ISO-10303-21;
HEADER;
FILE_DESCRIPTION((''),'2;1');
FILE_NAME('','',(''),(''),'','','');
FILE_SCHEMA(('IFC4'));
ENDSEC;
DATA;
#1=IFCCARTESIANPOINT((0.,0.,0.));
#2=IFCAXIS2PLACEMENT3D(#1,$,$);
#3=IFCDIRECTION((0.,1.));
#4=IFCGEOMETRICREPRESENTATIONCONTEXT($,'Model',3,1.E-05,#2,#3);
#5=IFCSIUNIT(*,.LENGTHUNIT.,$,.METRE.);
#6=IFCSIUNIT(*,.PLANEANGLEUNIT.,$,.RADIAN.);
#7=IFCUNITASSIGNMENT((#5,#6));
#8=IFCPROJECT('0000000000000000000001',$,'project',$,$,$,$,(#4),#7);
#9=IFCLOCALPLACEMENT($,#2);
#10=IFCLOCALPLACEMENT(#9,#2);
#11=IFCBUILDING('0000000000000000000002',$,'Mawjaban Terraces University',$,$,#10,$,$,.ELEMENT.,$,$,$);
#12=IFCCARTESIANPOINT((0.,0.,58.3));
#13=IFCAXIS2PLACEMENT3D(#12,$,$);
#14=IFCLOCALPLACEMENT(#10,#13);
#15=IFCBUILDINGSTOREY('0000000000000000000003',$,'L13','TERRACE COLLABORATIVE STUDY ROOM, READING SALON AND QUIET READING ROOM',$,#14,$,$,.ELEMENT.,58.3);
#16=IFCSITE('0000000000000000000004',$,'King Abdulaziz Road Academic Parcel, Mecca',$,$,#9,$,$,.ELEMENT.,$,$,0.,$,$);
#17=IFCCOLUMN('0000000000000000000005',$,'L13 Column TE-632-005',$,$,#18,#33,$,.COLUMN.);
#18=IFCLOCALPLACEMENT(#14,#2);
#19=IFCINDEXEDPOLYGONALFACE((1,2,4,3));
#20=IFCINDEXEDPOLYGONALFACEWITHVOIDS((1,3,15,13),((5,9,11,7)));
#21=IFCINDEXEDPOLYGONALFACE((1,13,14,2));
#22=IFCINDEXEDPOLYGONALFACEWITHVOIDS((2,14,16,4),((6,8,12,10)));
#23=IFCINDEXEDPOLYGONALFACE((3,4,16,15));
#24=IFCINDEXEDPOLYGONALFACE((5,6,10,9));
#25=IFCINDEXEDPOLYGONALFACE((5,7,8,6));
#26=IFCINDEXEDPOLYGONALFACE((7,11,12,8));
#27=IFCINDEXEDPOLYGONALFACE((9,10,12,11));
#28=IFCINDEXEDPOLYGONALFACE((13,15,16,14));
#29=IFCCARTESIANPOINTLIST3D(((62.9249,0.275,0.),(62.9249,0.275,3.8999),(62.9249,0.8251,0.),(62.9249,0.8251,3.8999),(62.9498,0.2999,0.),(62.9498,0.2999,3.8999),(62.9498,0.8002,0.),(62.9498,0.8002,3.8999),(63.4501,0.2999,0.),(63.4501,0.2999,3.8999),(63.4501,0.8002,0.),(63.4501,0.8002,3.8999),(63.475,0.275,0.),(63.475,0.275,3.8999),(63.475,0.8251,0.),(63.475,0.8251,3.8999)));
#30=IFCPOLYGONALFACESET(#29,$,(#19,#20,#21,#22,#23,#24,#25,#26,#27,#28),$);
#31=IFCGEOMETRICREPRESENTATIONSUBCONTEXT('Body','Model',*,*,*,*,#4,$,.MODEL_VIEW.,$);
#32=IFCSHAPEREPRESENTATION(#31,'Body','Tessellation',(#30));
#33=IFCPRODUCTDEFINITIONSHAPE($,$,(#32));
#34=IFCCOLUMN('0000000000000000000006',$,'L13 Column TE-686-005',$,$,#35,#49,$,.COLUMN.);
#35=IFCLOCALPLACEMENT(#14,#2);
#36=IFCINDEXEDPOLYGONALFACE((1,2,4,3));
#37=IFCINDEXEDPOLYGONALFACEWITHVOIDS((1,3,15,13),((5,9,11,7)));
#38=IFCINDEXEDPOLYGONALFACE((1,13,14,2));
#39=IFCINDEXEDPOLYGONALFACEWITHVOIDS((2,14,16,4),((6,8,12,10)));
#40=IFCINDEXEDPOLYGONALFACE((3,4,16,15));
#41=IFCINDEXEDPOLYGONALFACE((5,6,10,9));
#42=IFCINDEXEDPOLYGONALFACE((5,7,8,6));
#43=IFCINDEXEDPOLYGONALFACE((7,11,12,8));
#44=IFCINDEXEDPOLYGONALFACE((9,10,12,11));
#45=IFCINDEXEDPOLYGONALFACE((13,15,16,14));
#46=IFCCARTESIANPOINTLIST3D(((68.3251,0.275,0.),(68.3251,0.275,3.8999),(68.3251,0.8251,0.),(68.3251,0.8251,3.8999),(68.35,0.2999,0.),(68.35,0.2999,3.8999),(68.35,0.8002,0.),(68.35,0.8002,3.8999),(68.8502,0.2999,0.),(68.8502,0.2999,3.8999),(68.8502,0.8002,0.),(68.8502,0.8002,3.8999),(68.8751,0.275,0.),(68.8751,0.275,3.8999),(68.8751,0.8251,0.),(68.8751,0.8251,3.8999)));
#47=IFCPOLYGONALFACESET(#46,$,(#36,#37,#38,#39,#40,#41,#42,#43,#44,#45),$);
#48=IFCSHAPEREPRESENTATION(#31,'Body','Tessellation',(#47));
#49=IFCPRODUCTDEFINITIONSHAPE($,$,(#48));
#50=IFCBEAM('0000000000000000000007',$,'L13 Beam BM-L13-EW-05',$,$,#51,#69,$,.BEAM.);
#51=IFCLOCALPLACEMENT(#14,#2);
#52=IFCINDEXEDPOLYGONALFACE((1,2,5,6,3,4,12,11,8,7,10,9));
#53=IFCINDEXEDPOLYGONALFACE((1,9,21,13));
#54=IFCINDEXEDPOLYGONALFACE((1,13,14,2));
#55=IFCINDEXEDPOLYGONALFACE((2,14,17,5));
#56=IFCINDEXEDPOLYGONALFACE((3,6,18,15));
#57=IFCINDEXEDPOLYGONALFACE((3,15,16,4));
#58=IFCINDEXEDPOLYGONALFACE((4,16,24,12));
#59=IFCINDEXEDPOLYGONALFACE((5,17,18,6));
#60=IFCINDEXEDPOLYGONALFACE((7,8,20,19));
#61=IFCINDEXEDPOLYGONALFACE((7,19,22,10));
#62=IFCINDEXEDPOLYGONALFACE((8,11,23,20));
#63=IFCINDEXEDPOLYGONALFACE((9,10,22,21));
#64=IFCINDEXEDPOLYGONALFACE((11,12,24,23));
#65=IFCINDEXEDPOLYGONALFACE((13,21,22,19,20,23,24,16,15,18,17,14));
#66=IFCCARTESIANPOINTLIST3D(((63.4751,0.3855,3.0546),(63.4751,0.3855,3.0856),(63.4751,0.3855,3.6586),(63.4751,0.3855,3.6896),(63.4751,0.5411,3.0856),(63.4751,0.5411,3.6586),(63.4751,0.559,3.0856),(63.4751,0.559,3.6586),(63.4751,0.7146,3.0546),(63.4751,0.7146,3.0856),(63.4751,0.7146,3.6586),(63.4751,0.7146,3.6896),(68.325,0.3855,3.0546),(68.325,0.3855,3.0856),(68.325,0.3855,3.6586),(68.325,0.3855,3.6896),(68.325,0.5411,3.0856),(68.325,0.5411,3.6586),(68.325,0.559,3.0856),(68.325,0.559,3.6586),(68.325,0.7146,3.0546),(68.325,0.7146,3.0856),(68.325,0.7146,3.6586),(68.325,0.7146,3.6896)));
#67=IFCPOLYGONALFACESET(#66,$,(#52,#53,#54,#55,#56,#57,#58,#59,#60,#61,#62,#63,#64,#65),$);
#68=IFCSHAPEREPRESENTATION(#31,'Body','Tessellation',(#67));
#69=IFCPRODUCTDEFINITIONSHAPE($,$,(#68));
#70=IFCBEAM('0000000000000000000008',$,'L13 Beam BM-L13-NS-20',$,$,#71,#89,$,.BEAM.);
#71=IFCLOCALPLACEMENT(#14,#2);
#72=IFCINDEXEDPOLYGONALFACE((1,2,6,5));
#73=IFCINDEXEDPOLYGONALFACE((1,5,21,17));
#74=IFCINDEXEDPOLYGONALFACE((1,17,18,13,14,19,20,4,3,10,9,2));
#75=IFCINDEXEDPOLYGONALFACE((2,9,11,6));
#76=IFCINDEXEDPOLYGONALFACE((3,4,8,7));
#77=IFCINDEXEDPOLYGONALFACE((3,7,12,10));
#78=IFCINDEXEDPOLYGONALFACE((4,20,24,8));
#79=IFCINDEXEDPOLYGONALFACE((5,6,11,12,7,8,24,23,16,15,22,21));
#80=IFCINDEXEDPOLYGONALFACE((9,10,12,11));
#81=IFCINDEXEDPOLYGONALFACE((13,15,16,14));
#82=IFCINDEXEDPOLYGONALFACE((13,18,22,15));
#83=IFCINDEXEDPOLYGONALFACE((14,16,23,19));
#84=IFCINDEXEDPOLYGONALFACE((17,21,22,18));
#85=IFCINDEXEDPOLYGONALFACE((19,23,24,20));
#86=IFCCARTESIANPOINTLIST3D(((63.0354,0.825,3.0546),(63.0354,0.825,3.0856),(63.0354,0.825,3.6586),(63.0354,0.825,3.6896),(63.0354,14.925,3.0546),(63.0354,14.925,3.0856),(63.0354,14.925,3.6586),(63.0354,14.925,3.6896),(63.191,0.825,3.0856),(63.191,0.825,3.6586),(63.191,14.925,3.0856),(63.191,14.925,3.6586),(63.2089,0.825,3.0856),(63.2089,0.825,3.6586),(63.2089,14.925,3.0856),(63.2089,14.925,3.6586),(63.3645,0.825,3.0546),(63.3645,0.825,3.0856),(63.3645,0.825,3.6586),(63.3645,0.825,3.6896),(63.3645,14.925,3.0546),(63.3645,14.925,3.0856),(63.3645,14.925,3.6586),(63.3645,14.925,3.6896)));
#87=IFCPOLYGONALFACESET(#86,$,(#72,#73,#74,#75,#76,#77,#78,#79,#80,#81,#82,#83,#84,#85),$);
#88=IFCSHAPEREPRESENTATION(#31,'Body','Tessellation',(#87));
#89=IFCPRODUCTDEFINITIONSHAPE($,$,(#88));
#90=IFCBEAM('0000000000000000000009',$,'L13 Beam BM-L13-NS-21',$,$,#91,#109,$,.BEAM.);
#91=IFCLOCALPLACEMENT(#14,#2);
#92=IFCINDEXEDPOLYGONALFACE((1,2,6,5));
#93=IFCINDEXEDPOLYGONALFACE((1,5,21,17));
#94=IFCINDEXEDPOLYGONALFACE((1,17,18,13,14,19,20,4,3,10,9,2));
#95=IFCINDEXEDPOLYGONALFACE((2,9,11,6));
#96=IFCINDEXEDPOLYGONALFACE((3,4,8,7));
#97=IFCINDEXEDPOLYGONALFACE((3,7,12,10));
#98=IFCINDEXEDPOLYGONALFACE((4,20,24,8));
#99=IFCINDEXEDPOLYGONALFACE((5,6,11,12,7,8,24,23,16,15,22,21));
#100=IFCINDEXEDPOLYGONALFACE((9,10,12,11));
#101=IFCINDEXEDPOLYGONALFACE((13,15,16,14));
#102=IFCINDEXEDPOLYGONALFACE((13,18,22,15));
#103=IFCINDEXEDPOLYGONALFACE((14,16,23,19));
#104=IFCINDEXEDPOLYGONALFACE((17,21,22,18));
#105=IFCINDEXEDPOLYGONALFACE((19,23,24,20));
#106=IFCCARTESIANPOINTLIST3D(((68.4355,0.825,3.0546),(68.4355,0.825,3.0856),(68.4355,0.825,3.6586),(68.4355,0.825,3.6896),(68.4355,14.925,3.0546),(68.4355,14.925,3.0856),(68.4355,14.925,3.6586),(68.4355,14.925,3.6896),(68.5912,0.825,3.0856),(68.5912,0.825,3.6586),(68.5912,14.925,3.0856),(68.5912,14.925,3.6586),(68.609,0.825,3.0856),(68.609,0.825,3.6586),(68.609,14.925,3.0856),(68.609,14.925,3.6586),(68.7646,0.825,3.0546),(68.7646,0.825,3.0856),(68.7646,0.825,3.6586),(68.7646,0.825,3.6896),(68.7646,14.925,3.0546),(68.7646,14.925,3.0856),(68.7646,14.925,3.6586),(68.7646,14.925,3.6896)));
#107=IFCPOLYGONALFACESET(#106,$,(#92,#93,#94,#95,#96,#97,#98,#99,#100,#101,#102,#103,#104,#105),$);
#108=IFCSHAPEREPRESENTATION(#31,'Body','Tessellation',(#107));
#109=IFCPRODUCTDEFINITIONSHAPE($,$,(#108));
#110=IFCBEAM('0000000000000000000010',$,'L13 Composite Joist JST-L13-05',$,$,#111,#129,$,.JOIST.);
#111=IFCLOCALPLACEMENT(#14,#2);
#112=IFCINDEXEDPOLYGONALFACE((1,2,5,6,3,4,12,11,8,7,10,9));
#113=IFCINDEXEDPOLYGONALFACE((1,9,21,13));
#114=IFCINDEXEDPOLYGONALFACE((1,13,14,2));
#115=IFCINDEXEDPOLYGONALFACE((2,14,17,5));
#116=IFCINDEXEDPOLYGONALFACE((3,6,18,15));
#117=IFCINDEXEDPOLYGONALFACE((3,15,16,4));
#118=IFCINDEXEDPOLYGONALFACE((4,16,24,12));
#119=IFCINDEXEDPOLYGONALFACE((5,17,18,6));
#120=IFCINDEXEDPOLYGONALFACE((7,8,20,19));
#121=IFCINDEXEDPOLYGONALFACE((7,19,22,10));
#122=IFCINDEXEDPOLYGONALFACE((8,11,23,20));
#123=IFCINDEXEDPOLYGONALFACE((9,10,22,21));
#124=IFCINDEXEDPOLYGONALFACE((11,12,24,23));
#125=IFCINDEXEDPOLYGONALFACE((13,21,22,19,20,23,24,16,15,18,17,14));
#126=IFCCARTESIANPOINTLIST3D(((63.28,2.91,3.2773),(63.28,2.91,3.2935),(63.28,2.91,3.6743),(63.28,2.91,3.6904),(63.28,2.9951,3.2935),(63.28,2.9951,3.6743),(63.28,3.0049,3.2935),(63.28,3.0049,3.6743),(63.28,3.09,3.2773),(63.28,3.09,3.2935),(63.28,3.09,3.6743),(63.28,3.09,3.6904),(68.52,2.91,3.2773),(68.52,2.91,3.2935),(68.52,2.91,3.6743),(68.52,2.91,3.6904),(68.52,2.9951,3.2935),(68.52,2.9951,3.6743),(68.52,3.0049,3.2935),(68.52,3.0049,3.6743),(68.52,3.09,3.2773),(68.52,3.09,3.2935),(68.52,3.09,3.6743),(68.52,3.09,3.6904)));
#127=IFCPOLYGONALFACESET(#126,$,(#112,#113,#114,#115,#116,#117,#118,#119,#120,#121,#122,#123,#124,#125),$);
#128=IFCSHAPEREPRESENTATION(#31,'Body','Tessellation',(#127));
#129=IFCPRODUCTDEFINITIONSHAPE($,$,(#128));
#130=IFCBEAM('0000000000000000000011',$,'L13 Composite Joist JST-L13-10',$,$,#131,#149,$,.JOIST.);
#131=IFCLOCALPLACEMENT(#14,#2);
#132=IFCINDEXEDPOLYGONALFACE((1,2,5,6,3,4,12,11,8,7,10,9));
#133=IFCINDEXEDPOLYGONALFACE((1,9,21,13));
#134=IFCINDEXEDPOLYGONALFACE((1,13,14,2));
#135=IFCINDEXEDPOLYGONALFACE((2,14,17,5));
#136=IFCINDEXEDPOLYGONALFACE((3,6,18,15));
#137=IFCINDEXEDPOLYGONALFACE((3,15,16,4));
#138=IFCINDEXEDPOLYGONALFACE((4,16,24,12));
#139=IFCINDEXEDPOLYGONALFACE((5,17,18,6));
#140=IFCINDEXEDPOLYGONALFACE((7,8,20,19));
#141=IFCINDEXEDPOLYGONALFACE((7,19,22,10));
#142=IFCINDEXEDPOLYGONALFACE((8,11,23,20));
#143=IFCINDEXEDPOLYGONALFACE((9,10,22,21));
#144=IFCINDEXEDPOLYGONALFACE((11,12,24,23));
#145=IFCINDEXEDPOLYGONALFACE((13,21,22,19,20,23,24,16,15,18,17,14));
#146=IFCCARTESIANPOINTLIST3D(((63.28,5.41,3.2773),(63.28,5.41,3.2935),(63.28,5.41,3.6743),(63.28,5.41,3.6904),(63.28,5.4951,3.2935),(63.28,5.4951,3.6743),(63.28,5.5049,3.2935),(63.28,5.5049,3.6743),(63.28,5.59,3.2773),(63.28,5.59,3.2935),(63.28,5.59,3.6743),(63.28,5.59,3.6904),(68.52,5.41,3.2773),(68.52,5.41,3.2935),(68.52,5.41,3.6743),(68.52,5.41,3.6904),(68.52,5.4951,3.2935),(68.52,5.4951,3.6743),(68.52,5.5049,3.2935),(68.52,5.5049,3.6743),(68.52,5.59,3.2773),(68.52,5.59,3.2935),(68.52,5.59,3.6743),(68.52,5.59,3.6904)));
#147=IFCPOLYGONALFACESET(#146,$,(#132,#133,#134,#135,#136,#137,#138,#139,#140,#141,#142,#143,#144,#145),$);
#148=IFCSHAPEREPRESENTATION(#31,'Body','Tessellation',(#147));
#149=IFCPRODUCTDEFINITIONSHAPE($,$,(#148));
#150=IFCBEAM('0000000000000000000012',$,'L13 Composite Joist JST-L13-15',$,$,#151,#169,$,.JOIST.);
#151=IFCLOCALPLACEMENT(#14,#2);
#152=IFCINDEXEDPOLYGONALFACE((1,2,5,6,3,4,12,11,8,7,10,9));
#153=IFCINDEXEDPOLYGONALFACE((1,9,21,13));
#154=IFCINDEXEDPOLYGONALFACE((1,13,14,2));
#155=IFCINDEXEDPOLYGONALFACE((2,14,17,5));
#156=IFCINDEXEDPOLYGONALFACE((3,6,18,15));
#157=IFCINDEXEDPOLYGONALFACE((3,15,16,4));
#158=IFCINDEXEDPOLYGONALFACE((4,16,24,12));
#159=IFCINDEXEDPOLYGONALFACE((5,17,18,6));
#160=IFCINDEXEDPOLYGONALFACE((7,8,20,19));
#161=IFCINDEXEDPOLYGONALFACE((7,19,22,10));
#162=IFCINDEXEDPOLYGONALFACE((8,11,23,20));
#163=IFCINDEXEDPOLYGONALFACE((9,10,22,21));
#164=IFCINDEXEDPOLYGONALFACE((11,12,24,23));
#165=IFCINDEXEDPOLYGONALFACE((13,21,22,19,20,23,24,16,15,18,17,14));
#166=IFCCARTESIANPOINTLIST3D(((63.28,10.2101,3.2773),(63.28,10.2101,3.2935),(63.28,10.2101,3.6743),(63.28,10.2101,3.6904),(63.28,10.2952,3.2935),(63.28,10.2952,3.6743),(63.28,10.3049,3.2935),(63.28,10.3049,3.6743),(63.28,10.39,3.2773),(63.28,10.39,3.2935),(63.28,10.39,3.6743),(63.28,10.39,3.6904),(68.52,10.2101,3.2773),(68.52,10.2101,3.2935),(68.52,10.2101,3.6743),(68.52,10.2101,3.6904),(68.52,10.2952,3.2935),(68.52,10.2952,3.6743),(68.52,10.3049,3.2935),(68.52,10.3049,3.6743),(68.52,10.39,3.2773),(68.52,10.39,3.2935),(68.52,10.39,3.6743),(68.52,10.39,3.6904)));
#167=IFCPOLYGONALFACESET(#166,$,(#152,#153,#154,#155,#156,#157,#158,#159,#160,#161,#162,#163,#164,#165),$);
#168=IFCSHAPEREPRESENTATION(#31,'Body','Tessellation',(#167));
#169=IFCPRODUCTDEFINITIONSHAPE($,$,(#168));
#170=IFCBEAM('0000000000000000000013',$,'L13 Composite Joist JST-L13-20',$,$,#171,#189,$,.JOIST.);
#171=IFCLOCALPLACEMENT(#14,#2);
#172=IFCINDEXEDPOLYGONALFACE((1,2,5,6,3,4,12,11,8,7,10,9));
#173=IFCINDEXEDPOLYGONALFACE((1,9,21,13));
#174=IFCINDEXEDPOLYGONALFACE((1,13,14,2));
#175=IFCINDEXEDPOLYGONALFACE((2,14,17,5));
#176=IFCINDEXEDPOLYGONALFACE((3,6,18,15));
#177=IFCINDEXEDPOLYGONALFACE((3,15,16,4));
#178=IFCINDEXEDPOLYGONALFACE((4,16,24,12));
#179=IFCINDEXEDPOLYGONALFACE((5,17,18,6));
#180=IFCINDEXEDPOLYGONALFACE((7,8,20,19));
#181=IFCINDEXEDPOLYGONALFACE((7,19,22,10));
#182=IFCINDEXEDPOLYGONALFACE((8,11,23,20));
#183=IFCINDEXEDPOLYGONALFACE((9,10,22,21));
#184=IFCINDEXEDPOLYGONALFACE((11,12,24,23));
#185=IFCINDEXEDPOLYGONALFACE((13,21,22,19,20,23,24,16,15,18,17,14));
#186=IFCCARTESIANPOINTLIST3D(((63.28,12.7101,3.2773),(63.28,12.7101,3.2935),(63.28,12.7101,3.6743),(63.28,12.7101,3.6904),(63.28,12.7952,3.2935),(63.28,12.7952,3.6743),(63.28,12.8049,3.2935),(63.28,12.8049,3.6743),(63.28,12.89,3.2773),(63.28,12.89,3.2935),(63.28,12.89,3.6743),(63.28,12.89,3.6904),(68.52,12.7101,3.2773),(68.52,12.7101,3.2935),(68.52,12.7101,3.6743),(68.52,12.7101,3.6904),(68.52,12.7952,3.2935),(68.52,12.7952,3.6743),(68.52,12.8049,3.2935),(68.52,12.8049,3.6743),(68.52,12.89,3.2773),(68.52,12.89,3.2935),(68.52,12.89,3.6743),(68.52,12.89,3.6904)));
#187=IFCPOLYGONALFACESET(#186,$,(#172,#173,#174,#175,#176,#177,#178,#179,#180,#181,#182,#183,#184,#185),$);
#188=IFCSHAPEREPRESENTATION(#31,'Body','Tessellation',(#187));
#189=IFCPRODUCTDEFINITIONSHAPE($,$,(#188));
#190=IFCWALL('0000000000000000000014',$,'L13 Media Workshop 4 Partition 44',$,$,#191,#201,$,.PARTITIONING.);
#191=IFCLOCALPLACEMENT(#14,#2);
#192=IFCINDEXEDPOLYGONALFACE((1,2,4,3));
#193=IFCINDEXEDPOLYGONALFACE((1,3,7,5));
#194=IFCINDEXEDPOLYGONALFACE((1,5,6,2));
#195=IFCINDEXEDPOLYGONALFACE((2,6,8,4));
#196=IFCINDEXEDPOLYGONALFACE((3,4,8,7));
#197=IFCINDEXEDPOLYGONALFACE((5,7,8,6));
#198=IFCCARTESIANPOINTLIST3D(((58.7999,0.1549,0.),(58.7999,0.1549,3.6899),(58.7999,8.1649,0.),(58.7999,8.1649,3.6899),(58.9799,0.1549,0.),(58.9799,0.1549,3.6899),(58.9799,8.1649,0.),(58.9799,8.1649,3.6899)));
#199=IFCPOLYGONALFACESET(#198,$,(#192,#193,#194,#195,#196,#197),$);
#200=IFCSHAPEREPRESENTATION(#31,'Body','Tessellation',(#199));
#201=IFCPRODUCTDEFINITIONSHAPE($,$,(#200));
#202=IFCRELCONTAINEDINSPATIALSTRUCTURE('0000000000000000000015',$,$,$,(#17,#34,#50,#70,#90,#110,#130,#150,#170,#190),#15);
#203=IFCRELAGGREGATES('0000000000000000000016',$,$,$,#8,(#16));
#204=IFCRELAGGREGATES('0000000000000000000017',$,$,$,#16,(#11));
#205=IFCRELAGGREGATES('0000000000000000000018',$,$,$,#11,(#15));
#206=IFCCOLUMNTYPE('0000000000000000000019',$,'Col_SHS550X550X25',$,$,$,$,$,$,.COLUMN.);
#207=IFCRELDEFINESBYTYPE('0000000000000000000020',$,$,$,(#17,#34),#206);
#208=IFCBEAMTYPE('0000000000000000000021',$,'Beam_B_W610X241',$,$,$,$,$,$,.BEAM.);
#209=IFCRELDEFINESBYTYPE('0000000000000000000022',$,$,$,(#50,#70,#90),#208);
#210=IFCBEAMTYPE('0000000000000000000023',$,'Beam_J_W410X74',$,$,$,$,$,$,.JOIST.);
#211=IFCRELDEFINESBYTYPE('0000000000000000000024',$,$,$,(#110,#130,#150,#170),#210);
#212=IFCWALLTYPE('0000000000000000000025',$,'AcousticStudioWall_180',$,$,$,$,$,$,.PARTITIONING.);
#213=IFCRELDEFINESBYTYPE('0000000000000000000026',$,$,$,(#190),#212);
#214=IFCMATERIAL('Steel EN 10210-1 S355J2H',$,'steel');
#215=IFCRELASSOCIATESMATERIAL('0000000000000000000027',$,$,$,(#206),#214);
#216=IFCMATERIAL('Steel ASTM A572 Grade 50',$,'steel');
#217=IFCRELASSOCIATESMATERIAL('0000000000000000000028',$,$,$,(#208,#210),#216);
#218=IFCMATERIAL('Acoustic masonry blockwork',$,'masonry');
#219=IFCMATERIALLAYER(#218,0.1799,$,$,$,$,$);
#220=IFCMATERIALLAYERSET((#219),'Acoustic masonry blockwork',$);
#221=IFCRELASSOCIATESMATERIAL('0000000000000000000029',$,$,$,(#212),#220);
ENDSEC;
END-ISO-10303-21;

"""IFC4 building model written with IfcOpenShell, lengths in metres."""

from ifc_helpers import new_model, si_unit, direction, frame, frame_2d, origin, origin_2d, place, context, subcontext, project, spatial, rectangle, hollow_rectangle, i_section, extrude, material, layer, layer_set, material_profile, profile_set, type_object, element, save


model = new_model("IFC4")

# Units and contexts
model_context = context("Model", 3, precision=1e-05, world=origin(), true_north=direction((0.0, 1.0)))
body_context = subcontext(model_context, "Body", "Model", "MODEL_VIEW")
ifc_project = project(units=[si_unit("LENGTHUNIT", "METRE"), si_unit("PLANEANGLEUNIT", "RADIAN")], contexts=[model_context])

# Site, building, storey
site_placement = place(None, origin())
site = spatial("IfcSite", under=ifc_project, at=site_placement, Name="King Abdulaziz Road Academic Parcel, Mecca", CompositionType="ELEMENT", RefElevation=0.0)
building_placement = place(site_placement, origin())
building = spatial("IfcBuilding", under=site, at=building_placement, Name="Mawjaban Terraces University", CompositionType="ELEMENT")
storey_placement = place(building_placement, frame((0.0, 0.0, 58.3)))
storey = spatial("IfcBuildingStorey", under=building, at=storey_placement, Name="L13", Description="TERRACE COLLABORATIVE STUDY ROOM, READING SALON AND QUIET READING ROOM", CompositionType="ELEMENT", Elevation=58.3)

# Columns
ifc_material_1 = material(Name="Steel EN 10210-1 S355J2H", Category="steel")
ifc_material_profile_1 = material_profile(ifc_material_1, hollow_rectangle(XDim=0.55, YDim=0.55, WallThickness=0.0249, at=origin_2d()), Name="SHS550X550X25")
ifc_profile_set_1 = profile_set([ifc_material_profile_1], Name="Steel EN 10210-1 S355J2H")
column_type = type_object("IfcColumnType", Name="Col_SHS550X550X25", PredefinedType="COLUMN", material=ifc_profile_set_1)
for number, where, z_axis, x_axis, name in (
    (1, (63.2, 0.55, 0.0), (0.0, 0.0, 1.0), (1.0, 0.0, 0.0), "L13 Column TE-632-005"),
    (2, (68.6001, 0.55, 0.0), (0.0, 0.0, 1.0), (1.0, 0.0, 0.0), "L13 Column TE-686-005"),
):
    element("IfcColumn", number, at=place(storey_placement, frame(where, z_axis=z_axis, x_axis=x_axis)), inside=storey, type_object=column_type, Name=name, PredefinedType="COLUMN", context=body_context, shape_type="SweptSolid", body=[
        extrude(hollow_rectangle(XDim=0.55, YDim=0.55, WallThickness=0.0249, at=origin_2d()), origin(), (0.0, 0.0, 1.0), 3.8999),
    ])

# Beams
ifc_material_2 = material(Name="Steel ASTM A572 Grade 50", Category="steel")
ifc_material_profile_2 = material_profile(ifc_material_2, i_section(OverallWidth=0.3291, OverallDepth=0.635, WebThickness=0.0178, FlangeThickness=0.031, at=origin_2d()), Name="W610X241")
ifc_profile_set_2 = profile_set([ifc_material_profile_2], Name="Steel ASTM A572 Grade 50")
beam_type_1 = type_object("IfcBeamType", Name="Beam_B_W610X241", PredefinedType="BEAM", material=ifc_profile_set_2)
beam_placement = place(storey_placement, frame((63.4751, 0.55, 3.3721), z_axis=(1.0, 0.0, 0.0), x_axis=(0.0, 1.0, 0.0)))
element("IfcBeam", 3, at=beam_placement, inside=storey, type_object=beam_type_1, Name="L13 Beam BM-L13-EW-05", PredefinedType="BEAM", context=body_context, shape_type="SweptSolid", body=[
    extrude(i_section(OverallWidth=0.3291, OverallDepth=0.635, WebThickness=0.0178, FlangeThickness=0.031, at=origin_2d()), origin(), (0.0, 0.0, 1.0), 4.8499),
])
for number, where, z_axis, x_axis, name in (
    (4, (63.2, 0.825, 3.3721), (0.0, 1.0, 0.0), (-1.0, 0.0, 0.0), "L13 Beam BM-L13-NS-20"),
    (5, (68.6001, 0.825, 3.3721), (0.0, 1.0, 0.0), (-1.0, 0.0, 0.0), "L13 Beam BM-L13-NS-21"),
):
    element("IfcBeam", number, at=place(storey_placement, frame(where, z_axis=z_axis, x_axis=x_axis)), inside=storey, type_object=beam_type_1, Name=name, PredefinedType="BEAM", context=body_context, shape_type="SweptSolid", body=[
        extrude(i_section(OverallWidth=0.3291, OverallDepth=0.635, WebThickness=0.0178, FlangeThickness=0.031, at=origin_2d()), origin(), (0.0, 0.0, 1.0), 14.1001),
    ])
ifc_material_profile_3 = material_profile(ifc_material_2, i_section(OverallWidth=0.1799, OverallDepth=0.4131, WebThickness=0.0098, FlangeThickness=0.0161, at=origin_2d()), Name="W410X74")
ifc_profile_set_3 = profile_set([ifc_material_profile_3], Name="Steel ASTM A572 Grade 50")
beam_type_2 = type_object("IfcBeamType", Name="Beam_J_W410X74", PredefinedType="JOIST", material=ifc_profile_set_3)
for number, where, z_axis, x_axis, name in (
    (6, (63.28, 3.0, 3.4839), (1.0, 0.0, 0.0), (0.0, 1.0, 0.0), "L13 Composite Joist JST-L13-05"),
    (7, (63.28, 5.5, 3.4839), (1.0, 0.0, 0.0), (0.0, 1.0, 0.0), "L13 Composite Joist JST-L13-10"),
    (8, (63.28, 10.3, 3.4839), (1.0, 0.0, 0.0), (0.0, 1.0, 0.0), "L13 Composite Joist JST-L13-15"),
    (9, (63.28, 12.8, 3.4839), (1.0, 0.0, 0.0), (0.0, 1.0, 0.0), "L13 Composite Joist JST-L13-20"),
):
    element("IfcBeam", number, at=place(storey_placement, frame(where, z_axis=z_axis, x_axis=x_axis)), inside=storey, type_object=beam_type_2, Name=name, PredefinedType="JOIST", context=body_context, shape_type="SweptSolid", body=[
        extrude(i_section(OverallWidth=0.1799, OverallDepth=0.4131, WebThickness=0.0098, FlangeThickness=0.0161, at=origin_2d()), origin(), (0.0, 0.0, 1.0), 5.24),
    ])

# Wall
ifc_material_3 = material(Name="Acoustic masonry blockwork", Category="masonry")
ifc_layer_1 = layer(ifc_material_3, 0.1799)
ifc_layer_set_1 = layer_set([ifc_layer_1], Name="Acoustic masonry blockwork")
wall_type_1 = type_object("IfcWallType", Name="AcousticStudioWall_180", PredefinedType="PARTITIONING", material=ifc_layer_set_1)
wall_1_placement = place(storey_placement, frame((58.8899, 0.155, 0.0), z_axis=(0.0, 0.0, 1.0), x_axis=(0.0, 1.0, 0.0)))
element("IfcWall", 10, at=wall_1_placement, inside=storey, type_object=wall_type_1, Name="L13 Media Workshop 4 Partition 44", PredefinedType="PARTITIONING", context=body_context, shape_type="SweptSolid", body=[
    extrude(rectangle(XDim=8.01, YDim=0.1799, at=frame_2d((4.0049, 0.0))), origin(), (0.0, 0.0, 1.0), 3.6899),
])

save(model, "model.ifc")
